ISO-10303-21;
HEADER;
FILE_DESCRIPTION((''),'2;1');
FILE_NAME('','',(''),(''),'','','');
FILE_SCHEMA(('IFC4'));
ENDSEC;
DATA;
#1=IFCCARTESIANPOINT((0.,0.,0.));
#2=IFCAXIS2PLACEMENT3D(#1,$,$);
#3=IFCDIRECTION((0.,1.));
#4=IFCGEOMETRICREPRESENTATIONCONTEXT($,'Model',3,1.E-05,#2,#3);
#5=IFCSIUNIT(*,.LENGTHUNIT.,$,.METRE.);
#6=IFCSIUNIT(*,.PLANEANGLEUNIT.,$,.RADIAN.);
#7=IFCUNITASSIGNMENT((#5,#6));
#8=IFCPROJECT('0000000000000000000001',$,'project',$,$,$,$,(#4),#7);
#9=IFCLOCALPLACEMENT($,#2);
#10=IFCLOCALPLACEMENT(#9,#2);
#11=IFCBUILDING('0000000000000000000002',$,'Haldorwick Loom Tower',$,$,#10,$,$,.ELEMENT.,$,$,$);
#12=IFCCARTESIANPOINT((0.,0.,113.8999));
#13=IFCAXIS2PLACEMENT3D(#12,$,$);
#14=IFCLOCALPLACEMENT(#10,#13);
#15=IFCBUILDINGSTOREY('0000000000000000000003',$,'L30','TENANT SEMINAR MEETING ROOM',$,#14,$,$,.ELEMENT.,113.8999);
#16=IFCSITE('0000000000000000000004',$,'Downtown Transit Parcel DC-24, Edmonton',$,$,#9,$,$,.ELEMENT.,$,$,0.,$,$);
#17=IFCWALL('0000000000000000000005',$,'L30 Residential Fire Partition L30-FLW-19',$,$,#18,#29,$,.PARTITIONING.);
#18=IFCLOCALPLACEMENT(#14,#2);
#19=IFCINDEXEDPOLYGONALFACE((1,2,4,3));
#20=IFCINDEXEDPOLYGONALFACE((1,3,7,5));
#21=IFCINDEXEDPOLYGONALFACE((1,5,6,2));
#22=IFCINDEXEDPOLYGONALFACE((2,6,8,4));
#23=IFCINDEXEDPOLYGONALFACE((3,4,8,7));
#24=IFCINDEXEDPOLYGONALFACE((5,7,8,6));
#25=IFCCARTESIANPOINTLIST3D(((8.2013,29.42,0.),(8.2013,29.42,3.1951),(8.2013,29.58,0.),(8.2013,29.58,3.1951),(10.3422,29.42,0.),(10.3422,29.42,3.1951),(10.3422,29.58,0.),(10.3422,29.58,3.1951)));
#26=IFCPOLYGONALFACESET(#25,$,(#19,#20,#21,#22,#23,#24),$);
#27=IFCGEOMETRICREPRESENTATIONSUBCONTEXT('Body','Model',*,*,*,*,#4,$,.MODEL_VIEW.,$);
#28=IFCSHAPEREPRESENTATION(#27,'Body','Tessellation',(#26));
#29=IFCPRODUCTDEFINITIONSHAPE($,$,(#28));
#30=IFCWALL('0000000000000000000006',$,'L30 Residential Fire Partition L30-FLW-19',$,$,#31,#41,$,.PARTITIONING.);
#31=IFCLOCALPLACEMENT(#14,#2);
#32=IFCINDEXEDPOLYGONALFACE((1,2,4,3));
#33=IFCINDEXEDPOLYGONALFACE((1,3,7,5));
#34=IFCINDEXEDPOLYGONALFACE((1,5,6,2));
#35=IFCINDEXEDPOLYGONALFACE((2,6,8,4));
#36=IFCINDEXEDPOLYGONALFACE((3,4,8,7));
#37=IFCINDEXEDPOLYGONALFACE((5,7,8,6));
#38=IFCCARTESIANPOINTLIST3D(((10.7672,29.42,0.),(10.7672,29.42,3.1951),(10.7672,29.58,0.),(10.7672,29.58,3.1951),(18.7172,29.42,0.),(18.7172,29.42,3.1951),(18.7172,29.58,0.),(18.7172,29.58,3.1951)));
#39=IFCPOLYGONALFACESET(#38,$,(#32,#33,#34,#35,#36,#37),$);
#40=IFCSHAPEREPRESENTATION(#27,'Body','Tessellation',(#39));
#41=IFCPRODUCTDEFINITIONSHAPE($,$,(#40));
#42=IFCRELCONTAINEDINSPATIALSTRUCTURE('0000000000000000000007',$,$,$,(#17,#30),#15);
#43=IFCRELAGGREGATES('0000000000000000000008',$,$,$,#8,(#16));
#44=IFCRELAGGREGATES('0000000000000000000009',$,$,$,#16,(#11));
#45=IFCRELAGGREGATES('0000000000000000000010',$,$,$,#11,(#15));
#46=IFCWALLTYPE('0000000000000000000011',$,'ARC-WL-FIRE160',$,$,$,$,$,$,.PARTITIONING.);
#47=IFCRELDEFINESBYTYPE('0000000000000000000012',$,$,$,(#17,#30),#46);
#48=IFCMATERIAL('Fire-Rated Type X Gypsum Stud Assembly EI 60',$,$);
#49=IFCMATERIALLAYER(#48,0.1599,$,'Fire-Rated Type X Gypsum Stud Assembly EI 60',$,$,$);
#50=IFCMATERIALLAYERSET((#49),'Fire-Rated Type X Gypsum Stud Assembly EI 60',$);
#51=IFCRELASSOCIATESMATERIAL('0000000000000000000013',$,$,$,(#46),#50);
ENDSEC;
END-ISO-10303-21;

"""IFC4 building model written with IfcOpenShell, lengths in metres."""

from ifc_helpers import new_model, si_unit, direction, frame, frame_2d, origin, place, context, subcontext, project, spatial, rectangle, extrude, material, layer, layer_set, type_object, element, save


model = new_model("IFC4")

# Units and contexts
model_context = context("Model", 3, precision=1e-05, world=origin(), true_north=direction((0.0, 1.0)))
body_context = subcontext(model_context, "Body", "Model", "MODEL_VIEW")
ifc_project = project(units=[si_unit("LENGTHUNIT", "METRE"), si_unit("PLANEANGLEUNIT", "RADIAN")], contexts=[model_context])

# Site, building, storey
site_placement = place(None, origin())
site = spatial("IfcSite", under=ifc_project, at=site_placement, Name="Downtown Transit Parcel DC-24, Edmonton", CompositionType="ELEMENT", RefElevation=0.0)
building_placement = place(site_placement, origin())
building = spatial("IfcBuilding", under=site, at=building_placement, Name="Haldorwick Loom Tower", CompositionType="ELEMENT")
storey_placement = place(building_placement, frame((0.0, 0.0, 113.8999)))
storey = spatial("IfcBuildingStorey", under=building, at=storey_placement, Name="L30", Description="TENANT SEMINAR MEETING ROOM", CompositionType="ELEMENT", Elevation=113.8999)

# Shared definitions
ifc_material_1 = material(Name="Fire-Rated Type X Gypsum Stud Assembly EI 60")
ifc_layer_1 = layer(ifc_material_1, 0.1599, Name="Fire-Rated Type X Gypsum Stud Assembly EI 60")
ifc_layer_set_1 = layer_set([ifc_layer_1], Name="Fire-Rated Type X Gypsum Stud Assembly EI 60")
wall_type_1 = type_object("IfcWallType", Name="ARC-WL-FIRE160", PredefinedType="PARTITIONING", material=ifc_layer_set_1)

# Walls
wall_1_placement = place(storey_placement, frame((8.2014, 29.5, 0.0), z_axis=(0.0, 0.0, 1.0), x_axis=(1.0, 0.0, 0.0)))
element("IfcWall", 1, at=wall_1_placement, inside=storey, type_object=wall_type_1, Name="L30 Residential Fire Partition L30-FLW-19", PredefinedType="PARTITIONING", context=body_context, shape_type="SweptSolid", body=[
    extrude(rectangle(XDim=2.1409, YDim=0.1599, at=frame_2d((1.0703, 0.0))), origin(), (0.0, 0.0, 1.0), 3.1951),
])
wall_2_placement = place(storey_placement, frame((10.7671, 29.5, 0.0), z_axis=(0.0, 0.0, 1.0), x_axis=(1.0, 0.0, 0.0)))
element("IfcWall", 2, at=wall_2_placement, inside=storey, type_object=wall_type_1, Name="L30 Residential Fire Partition L30-FLW-19", PredefinedType="PARTITIONING", context=body_context, shape_type="SweptSolid", body=[
    extrude(rectangle(XDim=7.95, YDim=0.1599, at=frame_2d((3.9751, 0.0))), origin(), (0.0, 0.0, 1.0), 3.1951),
])

save(model, "model.ifc")
